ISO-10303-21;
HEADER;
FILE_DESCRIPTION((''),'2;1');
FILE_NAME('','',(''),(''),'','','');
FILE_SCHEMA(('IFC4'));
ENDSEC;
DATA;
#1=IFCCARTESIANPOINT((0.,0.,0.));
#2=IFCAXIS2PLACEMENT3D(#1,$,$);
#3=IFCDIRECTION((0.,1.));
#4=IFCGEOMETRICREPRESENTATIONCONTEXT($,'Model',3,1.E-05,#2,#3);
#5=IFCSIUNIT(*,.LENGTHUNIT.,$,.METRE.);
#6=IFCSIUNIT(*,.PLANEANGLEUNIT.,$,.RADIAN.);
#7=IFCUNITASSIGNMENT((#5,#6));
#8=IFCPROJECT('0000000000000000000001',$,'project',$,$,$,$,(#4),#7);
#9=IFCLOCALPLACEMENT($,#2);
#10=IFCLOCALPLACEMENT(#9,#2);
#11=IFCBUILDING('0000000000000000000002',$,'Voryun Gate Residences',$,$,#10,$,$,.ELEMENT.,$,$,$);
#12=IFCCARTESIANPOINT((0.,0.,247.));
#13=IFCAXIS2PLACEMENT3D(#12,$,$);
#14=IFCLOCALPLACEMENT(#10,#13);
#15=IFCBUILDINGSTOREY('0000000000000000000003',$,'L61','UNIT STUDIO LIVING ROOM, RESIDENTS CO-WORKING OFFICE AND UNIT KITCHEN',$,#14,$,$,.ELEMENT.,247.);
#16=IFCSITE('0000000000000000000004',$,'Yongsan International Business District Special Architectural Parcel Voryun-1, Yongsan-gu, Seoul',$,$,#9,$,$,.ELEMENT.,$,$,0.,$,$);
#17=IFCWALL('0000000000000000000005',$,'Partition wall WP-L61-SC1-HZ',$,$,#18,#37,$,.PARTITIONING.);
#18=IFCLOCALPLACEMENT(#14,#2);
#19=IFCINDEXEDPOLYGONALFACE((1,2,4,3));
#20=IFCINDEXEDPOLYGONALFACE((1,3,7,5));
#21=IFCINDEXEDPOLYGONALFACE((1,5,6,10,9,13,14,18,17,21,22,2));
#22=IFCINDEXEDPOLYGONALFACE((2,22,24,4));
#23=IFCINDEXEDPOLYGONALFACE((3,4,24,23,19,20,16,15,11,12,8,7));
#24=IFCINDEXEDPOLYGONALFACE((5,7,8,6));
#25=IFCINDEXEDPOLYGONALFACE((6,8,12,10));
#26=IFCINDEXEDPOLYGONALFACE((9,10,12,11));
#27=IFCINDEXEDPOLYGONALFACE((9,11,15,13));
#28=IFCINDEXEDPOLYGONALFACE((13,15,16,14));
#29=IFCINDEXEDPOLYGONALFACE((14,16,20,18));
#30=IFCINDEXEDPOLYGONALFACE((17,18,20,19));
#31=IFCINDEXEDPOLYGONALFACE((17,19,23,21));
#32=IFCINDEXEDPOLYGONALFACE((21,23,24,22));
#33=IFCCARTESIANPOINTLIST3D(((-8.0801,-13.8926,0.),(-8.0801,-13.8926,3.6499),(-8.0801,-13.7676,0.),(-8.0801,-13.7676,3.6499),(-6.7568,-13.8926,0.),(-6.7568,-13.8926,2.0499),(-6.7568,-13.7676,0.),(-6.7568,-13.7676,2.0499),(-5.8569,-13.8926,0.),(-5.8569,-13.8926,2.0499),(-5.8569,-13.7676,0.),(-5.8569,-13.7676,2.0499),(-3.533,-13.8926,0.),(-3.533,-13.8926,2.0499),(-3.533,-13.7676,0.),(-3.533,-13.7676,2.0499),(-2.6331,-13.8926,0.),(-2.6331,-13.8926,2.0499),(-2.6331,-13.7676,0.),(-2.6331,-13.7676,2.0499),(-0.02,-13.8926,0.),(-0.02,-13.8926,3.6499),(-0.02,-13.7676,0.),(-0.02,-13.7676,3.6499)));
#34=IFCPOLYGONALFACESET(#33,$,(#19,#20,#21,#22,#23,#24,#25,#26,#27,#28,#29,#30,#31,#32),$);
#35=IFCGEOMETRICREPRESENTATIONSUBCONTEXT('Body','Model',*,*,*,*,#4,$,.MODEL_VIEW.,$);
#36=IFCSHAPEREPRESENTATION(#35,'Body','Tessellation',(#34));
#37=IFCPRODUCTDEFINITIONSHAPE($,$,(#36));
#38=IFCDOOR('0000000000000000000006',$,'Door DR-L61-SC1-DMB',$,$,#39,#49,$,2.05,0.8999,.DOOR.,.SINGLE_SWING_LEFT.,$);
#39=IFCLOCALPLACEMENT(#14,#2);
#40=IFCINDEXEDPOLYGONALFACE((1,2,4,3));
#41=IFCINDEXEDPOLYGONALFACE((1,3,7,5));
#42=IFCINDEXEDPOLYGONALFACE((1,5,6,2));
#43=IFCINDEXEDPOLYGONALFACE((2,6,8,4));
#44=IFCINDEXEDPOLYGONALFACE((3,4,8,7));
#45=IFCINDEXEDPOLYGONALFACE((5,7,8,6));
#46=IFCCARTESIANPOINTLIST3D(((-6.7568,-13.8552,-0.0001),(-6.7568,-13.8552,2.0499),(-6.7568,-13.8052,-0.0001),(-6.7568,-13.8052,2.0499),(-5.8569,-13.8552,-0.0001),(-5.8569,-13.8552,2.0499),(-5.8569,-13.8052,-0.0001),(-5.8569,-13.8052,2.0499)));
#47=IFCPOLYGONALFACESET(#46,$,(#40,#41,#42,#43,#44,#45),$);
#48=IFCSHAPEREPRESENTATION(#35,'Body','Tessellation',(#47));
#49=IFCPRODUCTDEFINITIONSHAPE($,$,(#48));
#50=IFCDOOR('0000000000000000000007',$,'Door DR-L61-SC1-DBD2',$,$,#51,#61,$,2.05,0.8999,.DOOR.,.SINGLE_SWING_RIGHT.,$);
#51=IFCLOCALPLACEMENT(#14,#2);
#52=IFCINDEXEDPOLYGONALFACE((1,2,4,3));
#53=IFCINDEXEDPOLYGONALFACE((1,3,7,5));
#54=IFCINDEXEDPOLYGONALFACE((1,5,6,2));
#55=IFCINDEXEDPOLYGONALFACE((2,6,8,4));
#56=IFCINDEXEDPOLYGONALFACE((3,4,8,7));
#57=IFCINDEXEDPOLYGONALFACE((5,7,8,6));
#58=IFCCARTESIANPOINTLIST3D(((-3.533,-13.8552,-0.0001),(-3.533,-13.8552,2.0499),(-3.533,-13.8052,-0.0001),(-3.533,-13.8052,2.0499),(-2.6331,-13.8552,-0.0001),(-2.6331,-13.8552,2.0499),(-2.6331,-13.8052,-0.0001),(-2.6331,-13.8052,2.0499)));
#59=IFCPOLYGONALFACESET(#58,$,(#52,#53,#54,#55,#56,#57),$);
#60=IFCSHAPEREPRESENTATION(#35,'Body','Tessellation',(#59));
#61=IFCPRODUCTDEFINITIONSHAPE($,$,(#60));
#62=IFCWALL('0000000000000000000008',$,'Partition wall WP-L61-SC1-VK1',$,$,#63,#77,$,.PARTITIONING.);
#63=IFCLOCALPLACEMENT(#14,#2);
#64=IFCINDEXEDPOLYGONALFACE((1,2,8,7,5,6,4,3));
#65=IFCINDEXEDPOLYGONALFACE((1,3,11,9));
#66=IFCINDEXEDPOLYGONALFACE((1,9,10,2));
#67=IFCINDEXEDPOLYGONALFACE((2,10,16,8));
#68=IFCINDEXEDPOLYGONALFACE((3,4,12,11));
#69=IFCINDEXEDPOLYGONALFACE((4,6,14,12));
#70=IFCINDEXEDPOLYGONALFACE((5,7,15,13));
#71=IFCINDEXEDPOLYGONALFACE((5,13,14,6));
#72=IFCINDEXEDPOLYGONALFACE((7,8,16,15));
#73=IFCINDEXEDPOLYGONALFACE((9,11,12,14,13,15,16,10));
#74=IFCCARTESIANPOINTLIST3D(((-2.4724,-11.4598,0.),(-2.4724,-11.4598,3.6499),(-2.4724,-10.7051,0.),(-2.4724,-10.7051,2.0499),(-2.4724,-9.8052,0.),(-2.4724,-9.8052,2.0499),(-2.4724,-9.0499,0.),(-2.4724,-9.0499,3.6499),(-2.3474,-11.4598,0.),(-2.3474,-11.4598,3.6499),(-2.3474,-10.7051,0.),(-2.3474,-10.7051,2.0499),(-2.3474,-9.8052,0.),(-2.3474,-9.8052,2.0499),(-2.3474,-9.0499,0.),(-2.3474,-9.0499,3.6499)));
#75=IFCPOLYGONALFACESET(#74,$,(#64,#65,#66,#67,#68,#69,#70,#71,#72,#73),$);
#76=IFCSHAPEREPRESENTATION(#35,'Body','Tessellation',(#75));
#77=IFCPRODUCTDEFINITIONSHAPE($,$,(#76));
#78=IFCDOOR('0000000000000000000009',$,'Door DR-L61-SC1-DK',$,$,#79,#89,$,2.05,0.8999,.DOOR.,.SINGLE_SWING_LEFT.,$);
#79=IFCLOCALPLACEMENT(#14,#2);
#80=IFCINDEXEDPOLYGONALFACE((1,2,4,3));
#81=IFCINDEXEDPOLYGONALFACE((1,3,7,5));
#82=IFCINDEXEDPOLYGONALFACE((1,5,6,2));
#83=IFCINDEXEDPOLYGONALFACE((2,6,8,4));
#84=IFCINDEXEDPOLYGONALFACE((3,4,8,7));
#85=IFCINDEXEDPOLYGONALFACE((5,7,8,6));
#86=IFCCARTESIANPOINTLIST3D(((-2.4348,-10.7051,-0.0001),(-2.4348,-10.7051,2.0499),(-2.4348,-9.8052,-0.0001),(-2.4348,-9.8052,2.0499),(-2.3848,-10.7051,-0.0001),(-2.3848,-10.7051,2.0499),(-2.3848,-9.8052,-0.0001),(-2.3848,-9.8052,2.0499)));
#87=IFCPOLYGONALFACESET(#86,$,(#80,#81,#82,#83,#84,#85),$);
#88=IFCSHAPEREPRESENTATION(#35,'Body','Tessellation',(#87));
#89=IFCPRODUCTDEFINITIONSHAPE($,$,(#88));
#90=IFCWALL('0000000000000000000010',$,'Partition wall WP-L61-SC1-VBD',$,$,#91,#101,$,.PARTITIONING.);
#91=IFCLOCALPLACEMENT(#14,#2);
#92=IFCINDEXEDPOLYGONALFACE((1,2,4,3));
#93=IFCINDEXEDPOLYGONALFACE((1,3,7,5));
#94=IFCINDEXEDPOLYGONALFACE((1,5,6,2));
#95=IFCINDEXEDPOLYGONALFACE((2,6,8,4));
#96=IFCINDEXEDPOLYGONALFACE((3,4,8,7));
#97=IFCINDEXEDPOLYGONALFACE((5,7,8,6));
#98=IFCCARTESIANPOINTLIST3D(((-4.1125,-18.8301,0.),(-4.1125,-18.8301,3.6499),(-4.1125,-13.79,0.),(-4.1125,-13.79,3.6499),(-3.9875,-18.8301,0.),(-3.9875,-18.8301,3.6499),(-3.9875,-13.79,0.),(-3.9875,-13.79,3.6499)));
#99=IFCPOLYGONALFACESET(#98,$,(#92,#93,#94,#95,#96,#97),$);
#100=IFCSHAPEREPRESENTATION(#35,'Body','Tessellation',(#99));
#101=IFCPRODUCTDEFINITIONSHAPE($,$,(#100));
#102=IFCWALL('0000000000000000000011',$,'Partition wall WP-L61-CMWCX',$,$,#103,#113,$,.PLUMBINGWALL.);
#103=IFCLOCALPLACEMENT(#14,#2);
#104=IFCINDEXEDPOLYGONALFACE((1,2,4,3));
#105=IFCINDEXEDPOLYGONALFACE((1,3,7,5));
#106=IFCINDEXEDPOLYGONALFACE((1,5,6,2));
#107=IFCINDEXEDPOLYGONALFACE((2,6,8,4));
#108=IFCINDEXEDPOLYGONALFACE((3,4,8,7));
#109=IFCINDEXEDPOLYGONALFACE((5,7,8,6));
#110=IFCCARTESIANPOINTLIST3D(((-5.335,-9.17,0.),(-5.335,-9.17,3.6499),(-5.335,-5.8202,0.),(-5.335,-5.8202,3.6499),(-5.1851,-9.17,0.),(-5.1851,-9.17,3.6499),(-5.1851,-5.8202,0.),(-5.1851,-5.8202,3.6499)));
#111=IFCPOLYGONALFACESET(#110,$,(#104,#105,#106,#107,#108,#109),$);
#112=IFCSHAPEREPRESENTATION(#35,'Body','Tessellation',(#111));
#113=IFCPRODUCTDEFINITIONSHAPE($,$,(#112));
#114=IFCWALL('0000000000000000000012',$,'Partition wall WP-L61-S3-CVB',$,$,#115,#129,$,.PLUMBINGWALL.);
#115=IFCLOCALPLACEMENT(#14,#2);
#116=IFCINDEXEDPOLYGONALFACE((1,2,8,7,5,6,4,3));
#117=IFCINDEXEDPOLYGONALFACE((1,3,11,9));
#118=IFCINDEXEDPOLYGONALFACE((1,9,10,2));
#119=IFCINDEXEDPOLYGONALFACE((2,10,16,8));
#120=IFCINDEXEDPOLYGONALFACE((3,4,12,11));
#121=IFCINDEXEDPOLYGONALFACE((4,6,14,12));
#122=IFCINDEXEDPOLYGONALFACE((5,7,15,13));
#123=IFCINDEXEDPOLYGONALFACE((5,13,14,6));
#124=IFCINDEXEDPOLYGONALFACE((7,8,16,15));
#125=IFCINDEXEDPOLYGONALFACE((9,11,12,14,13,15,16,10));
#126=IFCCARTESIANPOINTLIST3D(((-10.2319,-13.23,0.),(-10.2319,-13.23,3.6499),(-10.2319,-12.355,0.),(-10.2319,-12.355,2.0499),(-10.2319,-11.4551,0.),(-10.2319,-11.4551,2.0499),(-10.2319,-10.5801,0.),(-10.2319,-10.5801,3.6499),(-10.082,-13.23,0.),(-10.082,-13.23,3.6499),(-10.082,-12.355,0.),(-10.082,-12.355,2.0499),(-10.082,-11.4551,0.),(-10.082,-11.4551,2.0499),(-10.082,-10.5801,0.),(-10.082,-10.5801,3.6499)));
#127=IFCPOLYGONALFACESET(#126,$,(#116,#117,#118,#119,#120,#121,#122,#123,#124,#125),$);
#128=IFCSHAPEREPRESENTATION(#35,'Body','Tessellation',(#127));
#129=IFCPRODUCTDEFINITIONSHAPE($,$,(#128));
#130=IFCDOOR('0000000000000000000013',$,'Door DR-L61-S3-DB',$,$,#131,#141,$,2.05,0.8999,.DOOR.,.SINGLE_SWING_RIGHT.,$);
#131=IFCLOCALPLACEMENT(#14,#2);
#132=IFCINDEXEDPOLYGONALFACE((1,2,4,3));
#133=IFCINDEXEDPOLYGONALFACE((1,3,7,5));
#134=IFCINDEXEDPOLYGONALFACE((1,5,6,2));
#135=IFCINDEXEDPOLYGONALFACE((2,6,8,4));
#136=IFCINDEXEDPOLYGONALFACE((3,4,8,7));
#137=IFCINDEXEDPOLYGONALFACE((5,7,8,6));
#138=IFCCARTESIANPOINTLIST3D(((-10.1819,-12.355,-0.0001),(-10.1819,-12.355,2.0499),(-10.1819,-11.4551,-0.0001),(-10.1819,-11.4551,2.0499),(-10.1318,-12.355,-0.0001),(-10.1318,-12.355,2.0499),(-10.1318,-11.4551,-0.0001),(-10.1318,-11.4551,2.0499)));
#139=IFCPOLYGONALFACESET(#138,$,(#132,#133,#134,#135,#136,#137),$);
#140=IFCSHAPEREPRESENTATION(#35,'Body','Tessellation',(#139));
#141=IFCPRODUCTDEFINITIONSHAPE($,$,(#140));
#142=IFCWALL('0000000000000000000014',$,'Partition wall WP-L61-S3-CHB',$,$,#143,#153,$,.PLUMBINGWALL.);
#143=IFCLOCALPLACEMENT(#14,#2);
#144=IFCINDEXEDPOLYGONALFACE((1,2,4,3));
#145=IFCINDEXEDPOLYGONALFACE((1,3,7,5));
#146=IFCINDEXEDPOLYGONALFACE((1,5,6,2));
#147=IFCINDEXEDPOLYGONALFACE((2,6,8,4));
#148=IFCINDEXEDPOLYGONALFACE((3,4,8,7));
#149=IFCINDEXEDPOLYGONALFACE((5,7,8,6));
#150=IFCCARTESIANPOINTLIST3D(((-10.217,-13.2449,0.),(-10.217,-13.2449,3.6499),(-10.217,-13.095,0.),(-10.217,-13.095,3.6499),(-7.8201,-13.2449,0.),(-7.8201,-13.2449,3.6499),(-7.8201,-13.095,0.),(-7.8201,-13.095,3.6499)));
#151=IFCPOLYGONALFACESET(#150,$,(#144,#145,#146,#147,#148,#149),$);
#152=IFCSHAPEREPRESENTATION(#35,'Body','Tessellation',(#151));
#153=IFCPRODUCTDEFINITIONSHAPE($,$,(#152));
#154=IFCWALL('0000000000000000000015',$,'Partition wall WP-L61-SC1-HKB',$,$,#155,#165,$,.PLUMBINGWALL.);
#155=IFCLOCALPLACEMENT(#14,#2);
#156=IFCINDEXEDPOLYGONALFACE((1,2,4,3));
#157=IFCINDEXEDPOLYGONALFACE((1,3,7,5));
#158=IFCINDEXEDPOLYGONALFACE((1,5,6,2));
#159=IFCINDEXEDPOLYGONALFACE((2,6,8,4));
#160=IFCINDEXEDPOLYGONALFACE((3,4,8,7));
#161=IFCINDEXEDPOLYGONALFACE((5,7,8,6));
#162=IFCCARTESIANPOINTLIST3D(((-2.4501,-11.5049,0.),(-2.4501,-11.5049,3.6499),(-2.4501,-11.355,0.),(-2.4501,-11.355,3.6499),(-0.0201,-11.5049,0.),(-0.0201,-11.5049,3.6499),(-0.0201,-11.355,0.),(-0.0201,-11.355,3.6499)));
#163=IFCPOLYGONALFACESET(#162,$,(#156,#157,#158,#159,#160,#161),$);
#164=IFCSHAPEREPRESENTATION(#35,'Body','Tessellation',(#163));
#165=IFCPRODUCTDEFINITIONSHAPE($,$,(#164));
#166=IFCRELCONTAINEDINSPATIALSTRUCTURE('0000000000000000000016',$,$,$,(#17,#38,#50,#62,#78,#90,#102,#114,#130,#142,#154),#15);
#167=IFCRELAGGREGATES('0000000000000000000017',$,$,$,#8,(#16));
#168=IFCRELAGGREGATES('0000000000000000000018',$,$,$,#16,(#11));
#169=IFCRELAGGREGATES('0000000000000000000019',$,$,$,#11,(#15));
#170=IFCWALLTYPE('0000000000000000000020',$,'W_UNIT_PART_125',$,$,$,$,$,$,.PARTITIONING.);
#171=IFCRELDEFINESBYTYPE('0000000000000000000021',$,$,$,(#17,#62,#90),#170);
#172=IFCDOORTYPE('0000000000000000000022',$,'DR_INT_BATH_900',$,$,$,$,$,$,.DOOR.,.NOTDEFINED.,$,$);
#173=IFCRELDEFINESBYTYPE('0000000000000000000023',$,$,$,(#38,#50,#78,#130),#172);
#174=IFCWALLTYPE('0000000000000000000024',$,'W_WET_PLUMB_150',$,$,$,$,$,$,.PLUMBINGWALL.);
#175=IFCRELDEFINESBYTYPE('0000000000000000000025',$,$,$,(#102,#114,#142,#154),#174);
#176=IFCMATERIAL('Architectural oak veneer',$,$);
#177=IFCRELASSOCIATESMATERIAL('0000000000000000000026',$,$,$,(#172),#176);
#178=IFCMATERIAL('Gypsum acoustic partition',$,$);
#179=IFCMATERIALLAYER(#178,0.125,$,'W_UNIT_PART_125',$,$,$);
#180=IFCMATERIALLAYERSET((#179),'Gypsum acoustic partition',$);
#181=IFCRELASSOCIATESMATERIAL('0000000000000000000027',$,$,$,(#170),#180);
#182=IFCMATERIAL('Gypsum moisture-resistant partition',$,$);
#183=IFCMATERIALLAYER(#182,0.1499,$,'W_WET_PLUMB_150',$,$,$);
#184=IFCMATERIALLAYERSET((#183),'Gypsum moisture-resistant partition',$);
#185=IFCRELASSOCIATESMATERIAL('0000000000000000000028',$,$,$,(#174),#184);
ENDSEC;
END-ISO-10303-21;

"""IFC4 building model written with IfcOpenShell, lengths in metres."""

from ifc_helpers import new_model, si_unit, direction, frame, frame_2d, origin, place, context, subcontext, project, spatial, rectangle, extrude, material, layer, layer_set, type_object, element, fill, save


model = new_model("IFC4")

# Units and contexts
model_context = context("Model", 3, precision=1e-05, world=origin(), true_north=direction((0.0, 1.0)))
body_context = subcontext(model_context, "Body", "Model", "MODEL_VIEW")
ifc_project = project(units=[si_unit("LENGTHUNIT", "METRE"), si_unit("PLANEANGLEUNIT", "RADIAN")], contexts=[model_context])

# Site, building, storey
site_placement = place(None, origin())
site = spatial("IfcSite", under=ifc_project, at=site_placement, Name="Yongsan International Business District Special Architectural Parcel Voryun-1, Yongsan-gu, Seoul", CompositionType="ELEMENT", RefElevation=0.0)
building_placement = place(site_placement, origin())
building = spatial("IfcBuilding", under=site, at=building_placement, Name="Voryun Gate Residences", CompositionType="ELEMENT")
storey_placement = place(building_placement, frame((0.0, 0.0, 247.0)))
storey = spatial("IfcBuildingStorey", under=building, at=storey_placement, Name="L61", Description="UNIT STUDIO LIVING ROOM, RESIDENTS CO-WORKING OFFICE AND UNIT KITCHEN", CompositionType="ELEMENT", Elevation=247.0)

# Shared definitions
ifc_material_1 = material(Name="Architectural oak veneer")
door_type_1 = type_object("IfcDoorType", Name="DR_INT_BATH_900", OperationType="NOTDEFINED", PredefinedType="DOOR", material=ifc_material_1)

# Shared definitions
ifc_material_2 = material(Name="Gypsum acoustic partition")
ifc_layer_1 = layer(ifc_material_2, 0.125, Name="W_UNIT_PART_125")
ifc_layer_set_1 = layer_set([ifc_layer_1], Name="Gypsum acoustic partition")
wall_type_1 = type_object("IfcWallType", Name="W_UNIT_PART_125", PredefinedType="PARTITIONING", material=ifc_layer_set_1)

# Wall, openings, doors
wall_1_placement = place(storey_placement, frame((-8.0801, -13.8301, 0.0), z_axis=(0.0, 0.0, 1.0), x_axis=(1.0, 0.0, 0.0)))
wall_1 = element("IfcWall", 1, at=wall_1_placement, inside=storey, type_object=wall_type_1, Name="Partition wall WP-L61-SC1-HZ", PredefinedType="PARTITIONING", context=body_context, shape_type="SweptSolid", body=[
    extrude(rectangle(XDim=8.0601, YDim=0.125, at=frame_2d((4.03, 0.0))), origin(), (0.0, 0.0, 1.0), 3.6499),
])
opening_1_placement = place(wall_1_placement, frame((1.3232, 0.0, 0.0)))
opening_1 = element("IfcOpeningElement", 2, at=opening_1_placement, cuts=wall_1, PredefinedType="OPENING", context=body_context, shape_type="SweptSolid", body=[
    extrude(rectangle(XDim=0.8999, YDim=2.05, at=frame_2d((0.45, 1.0249))), frame((0.0, 0.0725, 0.0), z_axis=(0.0, -1.0, 0.0), x_axis=(1.0, 0.0, 0.0)), (0.0, 0.0, 1.0), 0.145),
])
opening_2_placement = place(wall_1_placement, frame((4.5471, 0.0, 0.0)))
opening_2 = element("IfcOpeningElement", 3, at=opening_2_placement, cuts=wall_1, PredefinedType="OPENING", context=body_context, shape_type="SweptSolid", body=[
    extrude(rectangle(XDim=0.8999, YDim=2.05, at=frame_2d((0.45, 1.0249))), frame((0.0, 0.0725, 0.0), z_axis=(0.0, -1.0, 0.0), x_axis=(1.0, 0.0, 0.0)), (0.0, 0.0, 1.0), 0.145),
])
door_1_placement = place(opening_1_placement, origin())
door_1 = element("IfcDoor", 4, at=door_1_placement, inside=storey, type_object=door_type_1, Name="Door DR-L61-SC1-DMB", OperationType="SINGLE_SWING_LEFT", OverallHeight=2.05, OverallWidth=0.8999, PredefinedType="DOOR", context=body_context, shape_type="SweptSolid", body=[
    extrude(rectangle(XDim=0.8999, YDim=2.05, at=frame_2d((0.45, 1.0249))), frame((0.0, 0.0249, 0.0), z_axis=(0.0, -1.0, 0.0), x_axis=(1.0, 0.0, 0.0)), (0.0, 0.0, 1.0), 0.05),
])
fill(opening_1, door_1)
door_2_placement = place(opening_2_placement, origin())
door_2 = element("IfcDoor", 5, at=door_2_placement, inside=storey, type_object=door_type_1, Name="Door DR-L61-SC1-DBD2", OperationType="SINGLE_SWING_RIGHT", OverallHeight=2.05, OverallWidth=0.8999, PredefinedType="DOOR", context=body_context, shape_type="SweptSolid", body=[
    extrude(rectangle(XDim=0.8999, YDim=2.05, at=frame_2d((0.45, 1.0249))), frame((0.0, 0.0249, 0.0), z_axis=(0.0, -1.0, 0.0), x_axis=(1.0, 0.0, 0.0)), (0.0, 0.0, 1.0), 0.05),
])
fill(opening_2, door_2)

# Wall, opening, door
wall_2_placement = place(storey_placement, frame((-2.4099, -11.46, 0.0), z_axis=(0.0, 0.0, 1.0), x_axis=(0.0, 1.0, 0.0)))
wall_2 = element("IfcWall", 6, at=wall_2_placement, inside=storey, type_object=wall_type_1, Name="Partition wall WP-L61-SC1-VK1", PredefinedType="PARTITIONING", context=body_context, shape_type="SweptSolid", body=[
    extrude(rectangle(XDim=2.4099, YDim=0.125, at=frame_2d((1.2051, 0.0))), origin(), (0.0, 0.0, 1.0), 3.6499),
])
opening_3_placement = place(wall_2_placement, frame((0.7549, 0.0, 0.0)))
opening_3 = element("IfcOpeningElement", 7, at=opening_3_placement, cuts=wall_2, PredefinedType="OPENING", context=body_context, shape_type="SweptSolid", body=[
    extrude(rectangle(XDim=0.8999, YDim=2.05, at=frame_2d((0.45, 1.0249))), frame((0.0, 0.0725, 0.0), z_axis=(0.0, -1.0, 0.0), x_axis=(1.0, 0.0, 0.0)), (0.0, 0.0, 1.0), 0.145),
])
door_3_placement = place(opening_3_placement, origin())
door_3 = element("IfcDoor", 8, at=door_3_placement, inside=storey, type_object=door_type_1, Name="Door DR-L61-SC1-DK", OperationType="SINGLE_SWING_LEFT", OverallHeight=2.05, OverallWidth=0.8999, PredefinedType="DOOR", context=body_context, shape_type="SweptSolid", body=[
    extrude(rectangle(XDim=0.8999, YDim=2.05, at=frame_2d((0.45, 1.0249))), frame((0.0, 0.0249, 0.0), z_axis=(0.0, -1.0, 0.0), x_axis=(1.0, 0.0, 0.0)), (0.0, 0.0, 1.0), 0.05),
])
fill(opening_3, door_3)

# Walls
wall_3_placement = place(storey_placement, frame((-4.05, -18.8301, 0.0), z_axis=(0.0, 0.0, 1.0), x_axis=(0.0, 1.0, 0.0)))
element("IfcWall", 9, at=wall_3_placement, inside=storey, type_object=wall_type_1, Name="Partition wall WP-L61-SC1-VBD", PredefinedType="PARTITIONING", context=body_context, shape_type="SweptSolid", body=[
    extrude(rectangle(XDim=5.04, YDim=0.125, at=frame_2d((2.52, 0.0))), origin(), (0.0, 0.0, 1.0), 3.6499),
])
ifc_material_3 = material(Name="Gypsum moisture-resistant partition")
ifc_layer_2 = layer(ifc_material_3, 0.1499, Name="W_WET_PLUMB_150")
ifc_layer_set_2 = layer_set([ifc_layer_2], Name="Gypsum moisture-resistant partition")
wall_type_2 = type_object("IfcWallType", Name="W_WET_PLUMB_150", PredefinedType="PLUMBINGWALL", material=ifc_layer_set_2)
wall_4_placement = place(storey_placement, frame((-5.26, -9.1699, 0.0), z_axis=(0.0, 0.0, 1.0), x_axis=(0.0, 1.0, 0.0)))
element("IfcWall", 10, at=wall_4_placement, inside=storey, type_object=wall_type_2, Name="Partition wall WP-L61-CMWCX", PredefinedType="PLUMBINGWALL", context=body_context, shape_type="SweptSolid", body=[
    extrude(rectangle(XDim=3.3499, YDim=0.1499, at=frame_2d((1.6748, 0.0))), origin(), (0.0, 0.0, 1.0), 3.6499),
])

# Wall, opening, door
wall_5_placement = place(storey_placement, frame((-10.157, -13.23, 0.0), z_axis=(0.0, 0.0, 1.0), x_axis=(0.0, 1.0, 0.0)))
wall_5 = element("IfcWall", 11, at=wall_5_placement, inside=storey, type_object=wall_type_2, Name="Partition wall WP-L61-S3-CVB", PredefinedType="PLUMBINGWALL", context=body_context, shape_type="SweptSolid", body=[
    extrude(rectangle(XDim=2.6499, YDim=0.1499, at=frame_2d((1.325, 0.0))), origin(), (0.0, 0.0, 1.0), 3.6499),
])
opening_4_placement = place(wall_5_placement, frame((0.875, 0.0, 0.0)))
opening_4 = element("IfcOpeningElement", 12, at=opening_4_placement, cuts=wall_5, PredefinedType="OPENING", context=body_context, shape_type="SweptSolid", body=[
    extrude(rectangle(XDim=0.8999, YDim=2.05, at=frame_2d((0.45, 1.0249))), frame((0.0, 0.085, 0.0), z_axis=(0.0, -1.0, 0.0), x_axis=(1.0, 0.0, 0.0)), (0.0, 0.0, 1.0), 0.1699),
])
door_4_placement = place(opening_4_placement, origin())
door_4 = element("IfcDoor", 13, at=door_4_placement, inside=storey, type_object=door_type_1, Name="Door DR-L61-S3-DB", OperationType="SINGLE_SWING_RIGHT", OverallHeight=2.05, OverallWidth=0.8999, PredefinedType="DOOR", context=body_context, shape_type="SweptSolid", body=[
    extrude(rectangle(XDim=0.8999, YDim=2.05, at=frame_2d((0.45, 1.0249))), frame((0.0, 0.0249, 0.0), z_axis=(0.0, -1.0, 0.0), x_axis=(1.0, 0.0, 0.0)), (0.0, 0.0, 1.0), 0.05),
])
fill(opening_4, door_4)

# Walls
wall_6_placement = place(storey_placement, frame((-10.217, -13.1699, 0.0), z_axis=(0.0, 0.0, 1.0), x_axis=(1.0, 0.0, 0.0)))
element("IfcWall", 14, at=wall_6_placement, inside=storey, type_object=wall_type_2, Name="Partition wall WP-L61-S3-CHB", PredefinedType="PLUMBINGWALL", context=body_context, shape_type="SweptSolid", body=[
    extrude(rectangle(XDim=2.397, YDim=0.1499, at=frame_2d((1.1985, 0.0))), origin(), (0.0, 0.0, 1.0), 3.6499),
])
wall_7_placement = place(storey_placement, frame((-2.45, -11.4299, 0.0), z_axis=(0.0, 0.0, 1.0), x_axis=(1.0, 0.0, 0.0)))
element("IfcWall", 15, at=wall_7_placement, inside=storey, type_object=wall_type_2, Name="Partition wall WP-L61-SC1-HKB", PredefinedType="PLUMBINGWALL", context=body_context, shape_type="SweptSolid", body=[
    extrude(rectangle(XDim=2.4299, YDim=0.1499, at=frame_2d((1.2148, 0.0))), origin(), (0.0, 0.0, 1.0), 3.6499),
])

save(model, "model.ifc")
